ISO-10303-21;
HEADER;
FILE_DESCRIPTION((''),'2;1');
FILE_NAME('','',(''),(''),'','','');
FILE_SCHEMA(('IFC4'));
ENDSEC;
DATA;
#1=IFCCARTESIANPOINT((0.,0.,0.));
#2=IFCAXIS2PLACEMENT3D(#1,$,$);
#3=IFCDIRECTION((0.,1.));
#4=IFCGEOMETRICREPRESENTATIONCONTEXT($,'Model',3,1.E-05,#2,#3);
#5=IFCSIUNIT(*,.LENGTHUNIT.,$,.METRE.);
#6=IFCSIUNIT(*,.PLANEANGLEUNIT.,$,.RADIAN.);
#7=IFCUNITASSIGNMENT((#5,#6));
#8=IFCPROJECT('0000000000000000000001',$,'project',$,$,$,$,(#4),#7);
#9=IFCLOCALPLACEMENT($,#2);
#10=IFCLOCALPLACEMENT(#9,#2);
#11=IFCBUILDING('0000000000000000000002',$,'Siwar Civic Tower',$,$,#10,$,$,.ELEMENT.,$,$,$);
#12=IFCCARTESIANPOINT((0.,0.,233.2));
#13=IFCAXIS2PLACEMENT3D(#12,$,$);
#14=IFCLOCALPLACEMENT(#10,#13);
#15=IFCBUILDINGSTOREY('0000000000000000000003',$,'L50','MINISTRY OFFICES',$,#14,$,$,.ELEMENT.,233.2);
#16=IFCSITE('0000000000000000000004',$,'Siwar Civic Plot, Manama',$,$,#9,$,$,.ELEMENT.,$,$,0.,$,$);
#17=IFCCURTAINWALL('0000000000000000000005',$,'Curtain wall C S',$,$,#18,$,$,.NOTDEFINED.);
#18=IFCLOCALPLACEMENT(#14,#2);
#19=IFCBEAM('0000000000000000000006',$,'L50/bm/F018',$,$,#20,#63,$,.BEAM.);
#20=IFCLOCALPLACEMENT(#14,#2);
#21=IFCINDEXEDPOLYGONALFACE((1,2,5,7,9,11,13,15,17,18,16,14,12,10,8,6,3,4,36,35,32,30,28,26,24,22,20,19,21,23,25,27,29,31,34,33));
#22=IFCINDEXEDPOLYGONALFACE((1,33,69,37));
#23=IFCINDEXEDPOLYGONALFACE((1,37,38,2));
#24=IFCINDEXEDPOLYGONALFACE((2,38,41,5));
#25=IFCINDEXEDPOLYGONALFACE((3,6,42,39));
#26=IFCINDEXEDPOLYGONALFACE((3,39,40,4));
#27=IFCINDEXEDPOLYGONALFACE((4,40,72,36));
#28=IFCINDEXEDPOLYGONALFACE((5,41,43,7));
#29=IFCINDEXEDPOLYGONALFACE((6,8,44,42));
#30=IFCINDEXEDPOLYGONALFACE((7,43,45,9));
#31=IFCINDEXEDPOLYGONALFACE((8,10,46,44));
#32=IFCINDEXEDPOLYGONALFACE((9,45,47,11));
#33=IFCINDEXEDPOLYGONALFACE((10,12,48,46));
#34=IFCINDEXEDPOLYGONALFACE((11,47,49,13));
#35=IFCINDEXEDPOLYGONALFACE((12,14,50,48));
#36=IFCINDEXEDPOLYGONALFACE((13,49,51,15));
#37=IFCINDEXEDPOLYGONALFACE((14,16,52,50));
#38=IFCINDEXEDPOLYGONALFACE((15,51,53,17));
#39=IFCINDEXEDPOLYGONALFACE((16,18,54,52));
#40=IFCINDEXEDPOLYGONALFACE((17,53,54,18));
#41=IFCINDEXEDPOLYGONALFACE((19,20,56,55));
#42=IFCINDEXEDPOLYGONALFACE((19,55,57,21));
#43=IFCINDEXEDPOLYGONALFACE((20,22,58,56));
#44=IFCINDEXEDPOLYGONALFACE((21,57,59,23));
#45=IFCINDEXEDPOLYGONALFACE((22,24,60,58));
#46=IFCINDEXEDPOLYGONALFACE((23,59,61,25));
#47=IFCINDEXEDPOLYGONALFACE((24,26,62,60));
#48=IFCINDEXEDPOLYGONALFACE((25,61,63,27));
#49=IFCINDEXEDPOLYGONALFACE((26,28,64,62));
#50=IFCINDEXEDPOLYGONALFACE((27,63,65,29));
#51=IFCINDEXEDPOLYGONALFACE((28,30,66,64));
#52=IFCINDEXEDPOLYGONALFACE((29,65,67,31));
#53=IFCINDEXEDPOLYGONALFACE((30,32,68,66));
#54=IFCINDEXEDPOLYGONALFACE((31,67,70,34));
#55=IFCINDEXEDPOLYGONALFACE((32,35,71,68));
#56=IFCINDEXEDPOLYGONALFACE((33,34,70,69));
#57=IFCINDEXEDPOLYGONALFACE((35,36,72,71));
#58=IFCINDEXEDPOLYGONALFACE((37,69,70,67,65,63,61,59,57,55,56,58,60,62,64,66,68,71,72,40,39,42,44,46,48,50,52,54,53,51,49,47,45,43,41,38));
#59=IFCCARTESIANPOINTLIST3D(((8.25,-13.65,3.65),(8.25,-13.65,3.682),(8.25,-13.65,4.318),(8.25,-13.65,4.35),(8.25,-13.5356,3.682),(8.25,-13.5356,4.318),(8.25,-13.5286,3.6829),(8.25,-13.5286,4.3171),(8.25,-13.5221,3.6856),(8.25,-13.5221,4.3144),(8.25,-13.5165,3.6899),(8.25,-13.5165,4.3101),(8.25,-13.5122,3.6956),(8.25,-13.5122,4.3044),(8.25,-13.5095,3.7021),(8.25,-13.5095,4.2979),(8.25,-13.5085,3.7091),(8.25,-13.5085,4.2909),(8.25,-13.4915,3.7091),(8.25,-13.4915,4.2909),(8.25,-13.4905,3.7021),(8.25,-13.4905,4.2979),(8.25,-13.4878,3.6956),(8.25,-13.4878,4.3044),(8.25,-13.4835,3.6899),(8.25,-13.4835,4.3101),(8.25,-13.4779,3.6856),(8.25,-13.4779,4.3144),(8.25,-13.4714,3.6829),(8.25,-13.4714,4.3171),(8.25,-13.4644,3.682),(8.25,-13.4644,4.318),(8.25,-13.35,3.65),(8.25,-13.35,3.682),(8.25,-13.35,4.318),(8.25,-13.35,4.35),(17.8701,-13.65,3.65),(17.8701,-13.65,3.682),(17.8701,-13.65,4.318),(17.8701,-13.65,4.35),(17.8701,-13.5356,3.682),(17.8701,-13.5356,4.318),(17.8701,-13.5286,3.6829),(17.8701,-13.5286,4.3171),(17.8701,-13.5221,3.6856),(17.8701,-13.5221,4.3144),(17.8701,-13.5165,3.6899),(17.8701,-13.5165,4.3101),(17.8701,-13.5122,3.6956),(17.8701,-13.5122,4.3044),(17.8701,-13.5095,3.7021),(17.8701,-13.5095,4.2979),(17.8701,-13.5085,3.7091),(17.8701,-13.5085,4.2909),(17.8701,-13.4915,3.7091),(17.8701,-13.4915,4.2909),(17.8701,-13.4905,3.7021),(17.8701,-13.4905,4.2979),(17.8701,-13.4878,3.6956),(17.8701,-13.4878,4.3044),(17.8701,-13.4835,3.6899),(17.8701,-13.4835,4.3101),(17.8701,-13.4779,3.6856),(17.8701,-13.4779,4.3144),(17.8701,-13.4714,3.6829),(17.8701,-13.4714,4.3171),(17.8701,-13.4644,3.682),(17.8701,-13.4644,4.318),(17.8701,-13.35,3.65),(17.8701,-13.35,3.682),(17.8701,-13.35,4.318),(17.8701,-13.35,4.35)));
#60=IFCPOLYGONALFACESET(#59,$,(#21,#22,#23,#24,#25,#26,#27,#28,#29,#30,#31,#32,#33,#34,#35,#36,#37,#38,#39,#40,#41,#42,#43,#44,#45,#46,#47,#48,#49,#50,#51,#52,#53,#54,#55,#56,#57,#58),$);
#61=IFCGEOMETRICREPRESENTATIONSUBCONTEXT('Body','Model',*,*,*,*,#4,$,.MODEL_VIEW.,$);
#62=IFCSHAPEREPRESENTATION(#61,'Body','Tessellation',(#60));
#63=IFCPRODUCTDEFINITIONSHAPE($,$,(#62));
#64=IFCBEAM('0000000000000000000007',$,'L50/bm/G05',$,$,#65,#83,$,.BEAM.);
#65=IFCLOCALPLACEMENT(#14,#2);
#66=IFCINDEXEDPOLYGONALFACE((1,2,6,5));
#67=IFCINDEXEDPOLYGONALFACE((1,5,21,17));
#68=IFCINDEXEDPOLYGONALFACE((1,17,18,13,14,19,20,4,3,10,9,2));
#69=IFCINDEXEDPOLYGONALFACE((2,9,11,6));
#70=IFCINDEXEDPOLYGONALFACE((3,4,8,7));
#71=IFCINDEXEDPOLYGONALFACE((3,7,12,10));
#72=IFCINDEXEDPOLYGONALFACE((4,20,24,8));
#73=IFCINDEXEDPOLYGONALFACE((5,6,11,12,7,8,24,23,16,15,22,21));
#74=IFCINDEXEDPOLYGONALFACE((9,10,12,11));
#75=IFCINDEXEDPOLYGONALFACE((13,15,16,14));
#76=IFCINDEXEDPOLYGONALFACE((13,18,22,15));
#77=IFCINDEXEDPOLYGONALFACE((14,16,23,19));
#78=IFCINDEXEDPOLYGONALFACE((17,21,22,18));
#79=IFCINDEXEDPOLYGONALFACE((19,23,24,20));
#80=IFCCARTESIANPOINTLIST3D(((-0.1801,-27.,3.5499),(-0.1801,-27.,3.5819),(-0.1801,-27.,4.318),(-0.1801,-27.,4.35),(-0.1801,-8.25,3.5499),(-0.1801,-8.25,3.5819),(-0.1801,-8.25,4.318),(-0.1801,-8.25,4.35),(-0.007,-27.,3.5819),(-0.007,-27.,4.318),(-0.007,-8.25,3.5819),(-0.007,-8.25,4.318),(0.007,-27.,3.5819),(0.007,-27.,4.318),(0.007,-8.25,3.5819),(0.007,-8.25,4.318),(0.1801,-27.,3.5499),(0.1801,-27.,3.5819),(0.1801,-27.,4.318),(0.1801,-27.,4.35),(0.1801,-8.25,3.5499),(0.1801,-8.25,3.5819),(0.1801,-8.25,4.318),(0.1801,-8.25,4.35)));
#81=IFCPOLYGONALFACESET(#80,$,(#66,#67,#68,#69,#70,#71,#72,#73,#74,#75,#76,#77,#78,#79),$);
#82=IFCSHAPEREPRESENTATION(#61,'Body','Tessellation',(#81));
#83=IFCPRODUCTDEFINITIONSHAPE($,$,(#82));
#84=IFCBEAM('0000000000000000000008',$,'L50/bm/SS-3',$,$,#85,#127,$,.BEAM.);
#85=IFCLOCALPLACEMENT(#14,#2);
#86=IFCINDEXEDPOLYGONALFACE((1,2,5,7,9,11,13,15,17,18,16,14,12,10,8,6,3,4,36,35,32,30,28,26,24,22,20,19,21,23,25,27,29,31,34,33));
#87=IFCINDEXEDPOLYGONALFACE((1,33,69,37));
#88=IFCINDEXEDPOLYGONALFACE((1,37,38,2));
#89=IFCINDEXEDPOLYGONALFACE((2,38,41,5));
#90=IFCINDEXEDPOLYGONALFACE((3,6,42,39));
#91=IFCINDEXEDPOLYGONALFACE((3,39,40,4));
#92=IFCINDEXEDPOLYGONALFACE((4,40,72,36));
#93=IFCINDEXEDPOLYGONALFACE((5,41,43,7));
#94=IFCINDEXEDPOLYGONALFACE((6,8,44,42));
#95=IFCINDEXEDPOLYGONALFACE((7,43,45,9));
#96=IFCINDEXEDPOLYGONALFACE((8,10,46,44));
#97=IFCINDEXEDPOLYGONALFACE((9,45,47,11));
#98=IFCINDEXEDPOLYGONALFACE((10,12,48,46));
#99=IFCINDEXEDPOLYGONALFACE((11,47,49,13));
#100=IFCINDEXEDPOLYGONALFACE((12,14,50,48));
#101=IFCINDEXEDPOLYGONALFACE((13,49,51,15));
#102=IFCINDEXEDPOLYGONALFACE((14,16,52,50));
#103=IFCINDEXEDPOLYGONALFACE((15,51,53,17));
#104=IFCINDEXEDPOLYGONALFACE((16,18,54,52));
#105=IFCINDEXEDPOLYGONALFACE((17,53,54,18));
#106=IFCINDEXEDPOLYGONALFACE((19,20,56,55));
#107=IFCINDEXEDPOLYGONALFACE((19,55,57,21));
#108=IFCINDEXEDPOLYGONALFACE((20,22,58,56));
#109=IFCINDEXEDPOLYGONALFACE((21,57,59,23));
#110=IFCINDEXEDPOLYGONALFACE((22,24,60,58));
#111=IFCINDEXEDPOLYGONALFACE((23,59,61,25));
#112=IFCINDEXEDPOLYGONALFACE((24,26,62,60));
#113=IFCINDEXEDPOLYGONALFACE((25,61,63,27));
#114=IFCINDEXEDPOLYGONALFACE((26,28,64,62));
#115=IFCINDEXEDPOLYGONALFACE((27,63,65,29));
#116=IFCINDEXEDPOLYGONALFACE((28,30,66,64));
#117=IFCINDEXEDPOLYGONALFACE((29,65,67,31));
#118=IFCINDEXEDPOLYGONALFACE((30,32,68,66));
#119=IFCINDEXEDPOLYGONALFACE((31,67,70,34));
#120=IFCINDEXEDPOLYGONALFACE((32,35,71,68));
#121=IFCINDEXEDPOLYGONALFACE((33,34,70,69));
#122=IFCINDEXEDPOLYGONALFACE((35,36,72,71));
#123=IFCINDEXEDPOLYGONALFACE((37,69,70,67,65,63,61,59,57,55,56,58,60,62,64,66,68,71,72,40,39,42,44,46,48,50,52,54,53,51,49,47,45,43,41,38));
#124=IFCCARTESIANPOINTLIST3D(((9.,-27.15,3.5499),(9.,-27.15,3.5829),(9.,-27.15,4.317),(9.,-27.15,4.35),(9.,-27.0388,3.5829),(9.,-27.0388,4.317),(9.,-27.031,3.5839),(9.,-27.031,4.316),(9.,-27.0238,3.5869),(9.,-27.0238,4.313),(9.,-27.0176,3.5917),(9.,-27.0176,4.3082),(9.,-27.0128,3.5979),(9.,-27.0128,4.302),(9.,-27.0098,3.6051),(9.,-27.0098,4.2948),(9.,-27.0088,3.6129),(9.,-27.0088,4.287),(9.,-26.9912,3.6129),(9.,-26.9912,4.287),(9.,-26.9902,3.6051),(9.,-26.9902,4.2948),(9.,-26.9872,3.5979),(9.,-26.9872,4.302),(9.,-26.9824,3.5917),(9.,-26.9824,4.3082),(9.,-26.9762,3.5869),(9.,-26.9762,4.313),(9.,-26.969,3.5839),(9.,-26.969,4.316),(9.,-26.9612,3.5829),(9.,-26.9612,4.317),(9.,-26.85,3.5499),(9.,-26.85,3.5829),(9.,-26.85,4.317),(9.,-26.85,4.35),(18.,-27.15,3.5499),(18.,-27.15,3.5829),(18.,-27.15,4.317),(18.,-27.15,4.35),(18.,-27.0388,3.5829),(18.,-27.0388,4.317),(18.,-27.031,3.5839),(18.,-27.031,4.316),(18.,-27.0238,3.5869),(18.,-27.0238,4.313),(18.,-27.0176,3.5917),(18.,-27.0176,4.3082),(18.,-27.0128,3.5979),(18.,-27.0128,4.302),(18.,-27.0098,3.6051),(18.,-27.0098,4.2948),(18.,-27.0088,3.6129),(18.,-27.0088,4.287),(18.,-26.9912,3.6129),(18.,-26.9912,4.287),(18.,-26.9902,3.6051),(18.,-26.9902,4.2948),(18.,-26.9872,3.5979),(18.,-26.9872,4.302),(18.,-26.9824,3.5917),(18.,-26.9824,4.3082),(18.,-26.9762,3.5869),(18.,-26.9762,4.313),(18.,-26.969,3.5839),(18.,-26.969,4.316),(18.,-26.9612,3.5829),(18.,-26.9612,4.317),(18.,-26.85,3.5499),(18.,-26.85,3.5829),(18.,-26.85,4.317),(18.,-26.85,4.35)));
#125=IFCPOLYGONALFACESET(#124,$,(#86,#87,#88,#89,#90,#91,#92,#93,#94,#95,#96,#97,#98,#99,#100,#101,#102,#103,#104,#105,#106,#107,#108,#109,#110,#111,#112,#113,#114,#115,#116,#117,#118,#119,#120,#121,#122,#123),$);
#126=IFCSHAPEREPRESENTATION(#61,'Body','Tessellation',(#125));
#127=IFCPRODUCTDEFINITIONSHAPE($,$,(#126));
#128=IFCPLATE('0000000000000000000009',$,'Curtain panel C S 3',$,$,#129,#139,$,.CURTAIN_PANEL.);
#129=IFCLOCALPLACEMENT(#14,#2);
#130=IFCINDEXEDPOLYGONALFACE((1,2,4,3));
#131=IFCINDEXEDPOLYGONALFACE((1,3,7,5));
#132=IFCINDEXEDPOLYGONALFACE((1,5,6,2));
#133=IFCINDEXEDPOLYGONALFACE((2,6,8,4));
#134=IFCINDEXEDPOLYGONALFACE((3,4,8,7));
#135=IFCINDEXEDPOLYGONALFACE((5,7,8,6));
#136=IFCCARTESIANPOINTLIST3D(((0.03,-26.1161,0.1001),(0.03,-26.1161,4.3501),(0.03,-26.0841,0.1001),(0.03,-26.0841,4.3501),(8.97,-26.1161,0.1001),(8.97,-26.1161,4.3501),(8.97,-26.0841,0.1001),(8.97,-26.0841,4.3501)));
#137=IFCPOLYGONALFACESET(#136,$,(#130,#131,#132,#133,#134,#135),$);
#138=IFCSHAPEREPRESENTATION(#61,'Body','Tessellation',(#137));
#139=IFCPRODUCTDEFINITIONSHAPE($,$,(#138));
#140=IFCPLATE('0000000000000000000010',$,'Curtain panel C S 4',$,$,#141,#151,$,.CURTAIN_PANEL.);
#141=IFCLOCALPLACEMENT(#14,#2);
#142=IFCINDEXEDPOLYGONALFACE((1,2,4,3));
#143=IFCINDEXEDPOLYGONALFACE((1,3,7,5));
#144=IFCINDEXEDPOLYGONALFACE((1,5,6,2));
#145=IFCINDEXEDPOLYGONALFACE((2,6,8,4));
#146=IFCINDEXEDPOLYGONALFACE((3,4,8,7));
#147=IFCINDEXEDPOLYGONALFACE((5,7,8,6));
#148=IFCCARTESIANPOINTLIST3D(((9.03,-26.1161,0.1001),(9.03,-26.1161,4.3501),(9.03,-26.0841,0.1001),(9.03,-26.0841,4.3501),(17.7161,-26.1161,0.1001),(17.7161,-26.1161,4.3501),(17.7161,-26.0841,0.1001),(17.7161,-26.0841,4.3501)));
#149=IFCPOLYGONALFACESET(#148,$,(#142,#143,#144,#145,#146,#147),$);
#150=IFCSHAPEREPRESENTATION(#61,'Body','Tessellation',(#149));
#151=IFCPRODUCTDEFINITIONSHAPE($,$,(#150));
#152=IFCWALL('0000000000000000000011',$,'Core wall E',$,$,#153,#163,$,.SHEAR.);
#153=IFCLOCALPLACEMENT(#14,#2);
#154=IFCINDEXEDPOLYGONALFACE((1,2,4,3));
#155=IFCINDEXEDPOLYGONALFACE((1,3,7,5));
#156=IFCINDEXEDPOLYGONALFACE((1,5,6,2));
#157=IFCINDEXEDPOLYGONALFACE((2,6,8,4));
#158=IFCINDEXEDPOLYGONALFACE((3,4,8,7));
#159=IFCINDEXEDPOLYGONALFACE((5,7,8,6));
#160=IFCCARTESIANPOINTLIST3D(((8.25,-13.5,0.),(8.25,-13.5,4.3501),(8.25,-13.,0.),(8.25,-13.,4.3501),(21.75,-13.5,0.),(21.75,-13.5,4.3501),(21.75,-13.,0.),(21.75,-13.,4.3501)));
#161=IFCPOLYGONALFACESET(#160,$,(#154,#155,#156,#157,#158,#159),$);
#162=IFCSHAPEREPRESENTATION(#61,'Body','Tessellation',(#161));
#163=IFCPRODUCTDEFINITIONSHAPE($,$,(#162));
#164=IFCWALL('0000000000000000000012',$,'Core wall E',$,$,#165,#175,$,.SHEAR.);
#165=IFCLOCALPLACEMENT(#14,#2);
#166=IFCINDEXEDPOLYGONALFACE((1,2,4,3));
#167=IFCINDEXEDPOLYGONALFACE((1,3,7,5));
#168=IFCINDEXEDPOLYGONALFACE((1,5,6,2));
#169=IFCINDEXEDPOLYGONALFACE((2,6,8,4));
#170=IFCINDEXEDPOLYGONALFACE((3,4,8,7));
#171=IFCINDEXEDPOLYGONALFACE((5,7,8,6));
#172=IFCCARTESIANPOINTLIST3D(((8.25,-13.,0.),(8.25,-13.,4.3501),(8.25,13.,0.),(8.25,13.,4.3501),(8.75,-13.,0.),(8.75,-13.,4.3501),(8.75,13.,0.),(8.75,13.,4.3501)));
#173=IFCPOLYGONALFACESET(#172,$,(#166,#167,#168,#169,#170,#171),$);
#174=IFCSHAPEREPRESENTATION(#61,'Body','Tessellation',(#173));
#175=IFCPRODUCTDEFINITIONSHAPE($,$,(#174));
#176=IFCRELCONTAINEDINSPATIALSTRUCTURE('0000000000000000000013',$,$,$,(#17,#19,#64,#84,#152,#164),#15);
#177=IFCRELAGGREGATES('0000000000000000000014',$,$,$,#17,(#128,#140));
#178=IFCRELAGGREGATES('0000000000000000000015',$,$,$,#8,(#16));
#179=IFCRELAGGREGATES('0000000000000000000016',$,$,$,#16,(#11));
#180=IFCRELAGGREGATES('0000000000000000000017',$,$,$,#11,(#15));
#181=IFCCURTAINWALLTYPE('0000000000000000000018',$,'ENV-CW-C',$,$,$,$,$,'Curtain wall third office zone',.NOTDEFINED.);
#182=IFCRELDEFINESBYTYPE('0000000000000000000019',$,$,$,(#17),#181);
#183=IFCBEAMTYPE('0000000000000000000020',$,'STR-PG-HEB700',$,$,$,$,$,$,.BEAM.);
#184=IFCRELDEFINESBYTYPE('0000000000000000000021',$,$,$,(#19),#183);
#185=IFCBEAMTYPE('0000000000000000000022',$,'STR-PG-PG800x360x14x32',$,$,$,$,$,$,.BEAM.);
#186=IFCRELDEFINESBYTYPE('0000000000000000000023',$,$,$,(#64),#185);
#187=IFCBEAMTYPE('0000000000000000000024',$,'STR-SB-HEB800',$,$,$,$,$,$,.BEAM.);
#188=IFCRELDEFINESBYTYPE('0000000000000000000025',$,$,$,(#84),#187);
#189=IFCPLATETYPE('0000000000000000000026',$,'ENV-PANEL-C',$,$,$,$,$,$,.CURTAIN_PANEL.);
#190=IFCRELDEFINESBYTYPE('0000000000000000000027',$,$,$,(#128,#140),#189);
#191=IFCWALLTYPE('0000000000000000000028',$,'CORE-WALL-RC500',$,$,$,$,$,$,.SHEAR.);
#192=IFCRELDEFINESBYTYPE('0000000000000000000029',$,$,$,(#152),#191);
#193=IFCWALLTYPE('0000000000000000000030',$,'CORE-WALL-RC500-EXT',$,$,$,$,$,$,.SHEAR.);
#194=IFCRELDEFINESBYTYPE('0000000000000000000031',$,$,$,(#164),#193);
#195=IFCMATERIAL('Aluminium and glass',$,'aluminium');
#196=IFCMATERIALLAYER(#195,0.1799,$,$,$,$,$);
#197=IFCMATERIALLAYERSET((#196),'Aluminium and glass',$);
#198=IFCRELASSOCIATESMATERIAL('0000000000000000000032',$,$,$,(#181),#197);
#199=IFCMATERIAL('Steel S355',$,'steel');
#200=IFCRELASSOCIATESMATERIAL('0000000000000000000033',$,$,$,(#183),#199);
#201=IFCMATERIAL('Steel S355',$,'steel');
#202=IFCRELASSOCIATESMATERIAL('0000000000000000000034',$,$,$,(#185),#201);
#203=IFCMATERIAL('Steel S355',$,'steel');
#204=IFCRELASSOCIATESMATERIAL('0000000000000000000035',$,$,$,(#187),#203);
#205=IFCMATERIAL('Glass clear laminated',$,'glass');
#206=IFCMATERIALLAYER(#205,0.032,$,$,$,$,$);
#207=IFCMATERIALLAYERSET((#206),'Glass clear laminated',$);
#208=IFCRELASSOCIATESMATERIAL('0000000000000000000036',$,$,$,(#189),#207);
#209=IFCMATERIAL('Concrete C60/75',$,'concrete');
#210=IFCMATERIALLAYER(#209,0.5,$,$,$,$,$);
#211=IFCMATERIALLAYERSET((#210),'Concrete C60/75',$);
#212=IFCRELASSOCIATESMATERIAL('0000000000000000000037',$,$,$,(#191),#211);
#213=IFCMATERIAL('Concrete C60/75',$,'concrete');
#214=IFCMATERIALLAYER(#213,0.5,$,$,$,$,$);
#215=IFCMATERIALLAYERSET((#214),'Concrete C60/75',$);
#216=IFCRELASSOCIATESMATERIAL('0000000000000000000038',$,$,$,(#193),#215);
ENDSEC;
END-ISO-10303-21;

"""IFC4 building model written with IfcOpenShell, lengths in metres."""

from ifc_helpers import new_model, si_unit, direction, frame, frame_2d, origin, origin_2d, place, context, subcontext, project, spatial, rectangle, i_section, extrude, material, layer, layer_set, material_profile, profile_set, type_object, element, aggregate, save


model = new_model("IFC4")

# Units and contexts
model_context = context("Model", 3, precision=1e-05, world=origin(), true_north=direction((0.0, 1.0)))
body_context = subcontext(model_context, "Body", "Model", "MODEL_VIEW")
ifc_project = project(units=[si_unit("LENGTHUNIT", "METRE"), si_unit("PLANEANGLEUNIT", "RADIAN")], contexts=[model_context])

# Site, building, storey
site_placement = place(None, origin())
site = spatial("IfcSite", under=ifc_project, at=site_placement, Name="Siwar Civic Plot, Manama", CompositionType="ELEMENT", RefElevation=0.0)
building_placement = place(site_placement, origin())
building = spatial("IfcBuilding", under=site, at=building_placement, Name="Siwar Civic Tower", CompositionType="ELEMENT")
storey_placement = place(building_placement, frame((0.0, 0.0, 233.2)))
storey = spatial("IfcBuildingStorey", under=building, at=storey_placement, Name="L50", Description="MINISTRY OFFICES", CompositionType="ELEMENT", Elevation=233.2)

# Curtain wall
ifc_material_1 = material(Name="Aluminium and glass", Category="aluminium")
ifc_layer_1 = layer(ifc_material_1, 0.1799)
ifc_layer_set_1 = layer_set([ifc_layer_1], Name="Aluminium and glass")
curtain_wall_type = type_object("IfcCurtainWallType", Name="ENV-CW-C", ElementType="Curtain wall third office zone", PredefinedType="NOTDEFINED", material=ifc_layer_set_1)
curtain_wall_placement = place(storey_placement, origin())
curtain_wall = element("IfcCurtainWall", 1, at=curtain_wall_placement, inside=storey, type_object=curtain_wall_type, Name="Curtain wall C S", PredefinedType="NOTDEFINED")

# Beams
ifc_material_2 = material(Name="Steel S355", Category="steel")
ifc_material_profile_1 = material_profile(ifc_material_2, i_section(OverallWidth=0.3, OverallDepth=0.7, WebThickness=0.0171, FlangeThickness=0.032, FilletRadius=0.0271, at=origin_2d()), Name="HEB700")
ifc_profile_set_1 = profile_set([ifc_material_profile_1], Name="Steel S355")
beam_type_1 = type_object("IfcBeamType", Name="STR-PG-HEB700", PredefinedType="BEAM", material=ifc_profile_set_1)
beam_1_placement = place(storey_placement, frame((8.25, -13.5, 4.0), z_axis=(1.0, 0.0, 0.0), x_axis=(0.0, 1.0, 0.0)))
element("IfcBeam", 2, at=beam_1_placement, inside=storey, type_object=beam_type_1, Name="L50/bm/F018", PredefinedType="BEAM", context=body_context, shape_type="SweptSolid", body=[
    extrude(i_section(OverallWidth=0.3, OverallDepth=0.7, WebThickness=0.0171, FlangeThickness=0.032, FilletRadius=0.0271, at=origin_2d()), origin(), (0.0, 0.0, 1.0), 9.6201),
])
ifc_material_3 = material(Name="Steel S355", Category="steel")
ifc_material_profile_2 = material_profile(ifc_material_3, i_section(OverallWidth=0.3601, OverallDepth=0.8, WebThickness=0.0139, FlangeThickness=0.032, at=origin_2d()), Name="PG800x360x14x32")
ifc_profile_set_2 = profile_set([ifc_material_profile_2], Name="Steel S355")
beam_type_2 = type_object("IfcBeamType", Name="STR-PG-PG800x360x14x32", PredefinedType="BEAM", material=ifc_profile_set_2)
beam_2_placement = place(storey_placement, frame((0.0, -27.0, 3.95), z_axis=(0.0, 1.0, 0.0), x_axis=(-1.0, 0.0, 0.0)))
element("IfcBeam", 3, at=beam_2_placement, inside=storey, type_object=beam_type_2, Name="L50/bm/G05", PredefinedType="BEAM", context=body_context, shape_type="SweptSolid", body=[
    extrude(i_section(OverallWidth=0.3601, OverallDepth=0.8, WebThickness=0.0139, FlangeThickness=0.032, at=origin_2d()), origin(), (0.0, 0.0, 1.0), 18.75),
])
ifc_material_4 = material(Name="Steel S355", Category="steel")
ifc_material_profile_3 = material_profile(ifc_material_4, i_section(OverallWidth=0.3, OverallDepth=0.8, WebThickness=0.0176, FlangeThickness=0.033, FilletRadius=0.03, at=origin_2d()), Name="HEB800")
ifc_profile_set_3 = profile_set([ifc_material_profile_3], Name="Steel S355")
beam_type_3 = type_object("IfcBeamType", Name="STR-SB-HEB800", PredefinedType="BEAM", material=ifc_profile_set_3)
beam_3_placement = place(storey_placement, frame((9.0, -27.0, 3.95), z_axis=(1.0, 0.0, 0.0), x_axis=(0.0, 1.0, 0.0)))
element("IfcBeam", 4, at=beam_3_placement, inside=storey, type_object=beam_type_3, Name="L50/bm/SS-3", PredefinedType="BEAM", context=body_context, shape_type="SweptSolid", body=[
    extrude(i_section(OverallWidth=0.3, OverallDepth=0.8, WebThickness=0.0176, FlangeThickness=0.033, FilletRadius=0.03, at=origin_2d()), origin(), (0.0, 0.0, 1.0), 9.0),
])

# Plates
ifc_material_5 = material(Name="Glass clear laminated", Category="glass")
ifc_layer_2 = layer(ifc_material_5, 0.032)
ifc_layer_set_2 = layer_set([ifc_layer_2], Name="Glass clear laminated")
plate_type = type_object("IfcPlateType", Name="ENV-PANEL-C", PredefinedType="CURTAIN_PANEL", material=ifc_layer_set_2)
plate_1_placement = place(storey_placement, frame((4.5, -26.1001, 0.1001), z_axis=(0.0, 0.0, 1.0), x_axis=(1.0, 0.0, 0.0)))
plate_1 = element("IfcPlate", 5, at=plate_1_placement, type_object=plate_type, Name="Curtain panel C S 3", PredefinedType="CURTAIN_PANEL", context=body_context, shape_type="SweptSolid", body=[
    extrude(rectangle(XDim=8.9399, YDim=0.032, at=origin_2d()), origin(), (0.0, 0.0, 1.0), 4.25),
])
plate_2_placement = place(storey_placement, frame((13.373, -26.1001, 0.1001), z_axis=(0.0, 0.0, 1.0), x_axis=(1.0, 0.0, 0.0)))
plate_2 = element("IfcPlate", 6, at=plate_2_placement, type_object=plate_type, Name="Curtain panel C S 4", PredefinedType="CURTAIN_PANEL", context=body_context, shape_type="SweptSolid", body=[
    extrude(rectangle(XDim=8.686, YDim=0.032, at=origin_2d()), origin(), (0.0, 0.0, 1.0), 4.25),
])
aggregate(curtain_wall, [plate_1, plate_2])

# Walls
ifc_material_6 = material(Name="Concrete C60/75", Category="concrete")
ifc_layer_3 = layer(ifc_material_6, 0.5)
ifc_layer_set_3 = layer_set([ifc_layer_3], Name="Concrete C60/75")
wall_type_1 = type_object("IfcWallType", Name="CORE-WALL-RC500", PredefinedType="SHEAR", material=ifc_layer_set_3)
wall_1_placement = place(storey_placement, frame((8.25, -13.25, 0.0), z_axis=(0.0, 0.0, 1.0), x_axis=(1.0, 0.0, 0.0)))
element("IfcWall", 7, at=wall_1_placement, inside=storey, type_object=wall_type_1, Name="Core wall E", PredefinedType="SHEAR", context=body_context, shape_type="SweptSolid", body=[
    extrude(rectangle(XDim=13.5, YDim=0.5, at=frame_2d((6.75, 0.0))), origin(), (0.0, 0.0, 1.0), 4.3501),
])
ifc_material_7 = material(Name="Concrete C60/75", Category="concrete")
ifc_layer_4 = layer(ifc_material_7, 0.5)
ifc_layer_set_4 = layer_set([ifc_layer_4], Name="Concrete C60/75")
wall_type_2 = type_object("IfcWallType", Name="CORE-WALL-RC500-EXT", PredefinedType="SHEAR", material=ifc_layer_set_4)
wall_2_placement = place(storey_placement, frame((8.5, -13.0, 0.0), z_axis=(0.0, 0.0, 1.0), x_axis=(0.0, 1.0, 0.0)))
element("IfcWall", 8, at=wall_2_placement, inside=storey, type_object=wall_type_2, Name="Core wall E", PredefinedType="SHEAR", context=body_context, shape_type="SweptSolid", body=[
    extrude(rectangle(XDim=26.0, YDim=0.5, at=frame_2d((13.0, 0.0))), origin(), (0.0, 0.0, 1.0), 4.3501),
])

save(model, "model.ifc")
